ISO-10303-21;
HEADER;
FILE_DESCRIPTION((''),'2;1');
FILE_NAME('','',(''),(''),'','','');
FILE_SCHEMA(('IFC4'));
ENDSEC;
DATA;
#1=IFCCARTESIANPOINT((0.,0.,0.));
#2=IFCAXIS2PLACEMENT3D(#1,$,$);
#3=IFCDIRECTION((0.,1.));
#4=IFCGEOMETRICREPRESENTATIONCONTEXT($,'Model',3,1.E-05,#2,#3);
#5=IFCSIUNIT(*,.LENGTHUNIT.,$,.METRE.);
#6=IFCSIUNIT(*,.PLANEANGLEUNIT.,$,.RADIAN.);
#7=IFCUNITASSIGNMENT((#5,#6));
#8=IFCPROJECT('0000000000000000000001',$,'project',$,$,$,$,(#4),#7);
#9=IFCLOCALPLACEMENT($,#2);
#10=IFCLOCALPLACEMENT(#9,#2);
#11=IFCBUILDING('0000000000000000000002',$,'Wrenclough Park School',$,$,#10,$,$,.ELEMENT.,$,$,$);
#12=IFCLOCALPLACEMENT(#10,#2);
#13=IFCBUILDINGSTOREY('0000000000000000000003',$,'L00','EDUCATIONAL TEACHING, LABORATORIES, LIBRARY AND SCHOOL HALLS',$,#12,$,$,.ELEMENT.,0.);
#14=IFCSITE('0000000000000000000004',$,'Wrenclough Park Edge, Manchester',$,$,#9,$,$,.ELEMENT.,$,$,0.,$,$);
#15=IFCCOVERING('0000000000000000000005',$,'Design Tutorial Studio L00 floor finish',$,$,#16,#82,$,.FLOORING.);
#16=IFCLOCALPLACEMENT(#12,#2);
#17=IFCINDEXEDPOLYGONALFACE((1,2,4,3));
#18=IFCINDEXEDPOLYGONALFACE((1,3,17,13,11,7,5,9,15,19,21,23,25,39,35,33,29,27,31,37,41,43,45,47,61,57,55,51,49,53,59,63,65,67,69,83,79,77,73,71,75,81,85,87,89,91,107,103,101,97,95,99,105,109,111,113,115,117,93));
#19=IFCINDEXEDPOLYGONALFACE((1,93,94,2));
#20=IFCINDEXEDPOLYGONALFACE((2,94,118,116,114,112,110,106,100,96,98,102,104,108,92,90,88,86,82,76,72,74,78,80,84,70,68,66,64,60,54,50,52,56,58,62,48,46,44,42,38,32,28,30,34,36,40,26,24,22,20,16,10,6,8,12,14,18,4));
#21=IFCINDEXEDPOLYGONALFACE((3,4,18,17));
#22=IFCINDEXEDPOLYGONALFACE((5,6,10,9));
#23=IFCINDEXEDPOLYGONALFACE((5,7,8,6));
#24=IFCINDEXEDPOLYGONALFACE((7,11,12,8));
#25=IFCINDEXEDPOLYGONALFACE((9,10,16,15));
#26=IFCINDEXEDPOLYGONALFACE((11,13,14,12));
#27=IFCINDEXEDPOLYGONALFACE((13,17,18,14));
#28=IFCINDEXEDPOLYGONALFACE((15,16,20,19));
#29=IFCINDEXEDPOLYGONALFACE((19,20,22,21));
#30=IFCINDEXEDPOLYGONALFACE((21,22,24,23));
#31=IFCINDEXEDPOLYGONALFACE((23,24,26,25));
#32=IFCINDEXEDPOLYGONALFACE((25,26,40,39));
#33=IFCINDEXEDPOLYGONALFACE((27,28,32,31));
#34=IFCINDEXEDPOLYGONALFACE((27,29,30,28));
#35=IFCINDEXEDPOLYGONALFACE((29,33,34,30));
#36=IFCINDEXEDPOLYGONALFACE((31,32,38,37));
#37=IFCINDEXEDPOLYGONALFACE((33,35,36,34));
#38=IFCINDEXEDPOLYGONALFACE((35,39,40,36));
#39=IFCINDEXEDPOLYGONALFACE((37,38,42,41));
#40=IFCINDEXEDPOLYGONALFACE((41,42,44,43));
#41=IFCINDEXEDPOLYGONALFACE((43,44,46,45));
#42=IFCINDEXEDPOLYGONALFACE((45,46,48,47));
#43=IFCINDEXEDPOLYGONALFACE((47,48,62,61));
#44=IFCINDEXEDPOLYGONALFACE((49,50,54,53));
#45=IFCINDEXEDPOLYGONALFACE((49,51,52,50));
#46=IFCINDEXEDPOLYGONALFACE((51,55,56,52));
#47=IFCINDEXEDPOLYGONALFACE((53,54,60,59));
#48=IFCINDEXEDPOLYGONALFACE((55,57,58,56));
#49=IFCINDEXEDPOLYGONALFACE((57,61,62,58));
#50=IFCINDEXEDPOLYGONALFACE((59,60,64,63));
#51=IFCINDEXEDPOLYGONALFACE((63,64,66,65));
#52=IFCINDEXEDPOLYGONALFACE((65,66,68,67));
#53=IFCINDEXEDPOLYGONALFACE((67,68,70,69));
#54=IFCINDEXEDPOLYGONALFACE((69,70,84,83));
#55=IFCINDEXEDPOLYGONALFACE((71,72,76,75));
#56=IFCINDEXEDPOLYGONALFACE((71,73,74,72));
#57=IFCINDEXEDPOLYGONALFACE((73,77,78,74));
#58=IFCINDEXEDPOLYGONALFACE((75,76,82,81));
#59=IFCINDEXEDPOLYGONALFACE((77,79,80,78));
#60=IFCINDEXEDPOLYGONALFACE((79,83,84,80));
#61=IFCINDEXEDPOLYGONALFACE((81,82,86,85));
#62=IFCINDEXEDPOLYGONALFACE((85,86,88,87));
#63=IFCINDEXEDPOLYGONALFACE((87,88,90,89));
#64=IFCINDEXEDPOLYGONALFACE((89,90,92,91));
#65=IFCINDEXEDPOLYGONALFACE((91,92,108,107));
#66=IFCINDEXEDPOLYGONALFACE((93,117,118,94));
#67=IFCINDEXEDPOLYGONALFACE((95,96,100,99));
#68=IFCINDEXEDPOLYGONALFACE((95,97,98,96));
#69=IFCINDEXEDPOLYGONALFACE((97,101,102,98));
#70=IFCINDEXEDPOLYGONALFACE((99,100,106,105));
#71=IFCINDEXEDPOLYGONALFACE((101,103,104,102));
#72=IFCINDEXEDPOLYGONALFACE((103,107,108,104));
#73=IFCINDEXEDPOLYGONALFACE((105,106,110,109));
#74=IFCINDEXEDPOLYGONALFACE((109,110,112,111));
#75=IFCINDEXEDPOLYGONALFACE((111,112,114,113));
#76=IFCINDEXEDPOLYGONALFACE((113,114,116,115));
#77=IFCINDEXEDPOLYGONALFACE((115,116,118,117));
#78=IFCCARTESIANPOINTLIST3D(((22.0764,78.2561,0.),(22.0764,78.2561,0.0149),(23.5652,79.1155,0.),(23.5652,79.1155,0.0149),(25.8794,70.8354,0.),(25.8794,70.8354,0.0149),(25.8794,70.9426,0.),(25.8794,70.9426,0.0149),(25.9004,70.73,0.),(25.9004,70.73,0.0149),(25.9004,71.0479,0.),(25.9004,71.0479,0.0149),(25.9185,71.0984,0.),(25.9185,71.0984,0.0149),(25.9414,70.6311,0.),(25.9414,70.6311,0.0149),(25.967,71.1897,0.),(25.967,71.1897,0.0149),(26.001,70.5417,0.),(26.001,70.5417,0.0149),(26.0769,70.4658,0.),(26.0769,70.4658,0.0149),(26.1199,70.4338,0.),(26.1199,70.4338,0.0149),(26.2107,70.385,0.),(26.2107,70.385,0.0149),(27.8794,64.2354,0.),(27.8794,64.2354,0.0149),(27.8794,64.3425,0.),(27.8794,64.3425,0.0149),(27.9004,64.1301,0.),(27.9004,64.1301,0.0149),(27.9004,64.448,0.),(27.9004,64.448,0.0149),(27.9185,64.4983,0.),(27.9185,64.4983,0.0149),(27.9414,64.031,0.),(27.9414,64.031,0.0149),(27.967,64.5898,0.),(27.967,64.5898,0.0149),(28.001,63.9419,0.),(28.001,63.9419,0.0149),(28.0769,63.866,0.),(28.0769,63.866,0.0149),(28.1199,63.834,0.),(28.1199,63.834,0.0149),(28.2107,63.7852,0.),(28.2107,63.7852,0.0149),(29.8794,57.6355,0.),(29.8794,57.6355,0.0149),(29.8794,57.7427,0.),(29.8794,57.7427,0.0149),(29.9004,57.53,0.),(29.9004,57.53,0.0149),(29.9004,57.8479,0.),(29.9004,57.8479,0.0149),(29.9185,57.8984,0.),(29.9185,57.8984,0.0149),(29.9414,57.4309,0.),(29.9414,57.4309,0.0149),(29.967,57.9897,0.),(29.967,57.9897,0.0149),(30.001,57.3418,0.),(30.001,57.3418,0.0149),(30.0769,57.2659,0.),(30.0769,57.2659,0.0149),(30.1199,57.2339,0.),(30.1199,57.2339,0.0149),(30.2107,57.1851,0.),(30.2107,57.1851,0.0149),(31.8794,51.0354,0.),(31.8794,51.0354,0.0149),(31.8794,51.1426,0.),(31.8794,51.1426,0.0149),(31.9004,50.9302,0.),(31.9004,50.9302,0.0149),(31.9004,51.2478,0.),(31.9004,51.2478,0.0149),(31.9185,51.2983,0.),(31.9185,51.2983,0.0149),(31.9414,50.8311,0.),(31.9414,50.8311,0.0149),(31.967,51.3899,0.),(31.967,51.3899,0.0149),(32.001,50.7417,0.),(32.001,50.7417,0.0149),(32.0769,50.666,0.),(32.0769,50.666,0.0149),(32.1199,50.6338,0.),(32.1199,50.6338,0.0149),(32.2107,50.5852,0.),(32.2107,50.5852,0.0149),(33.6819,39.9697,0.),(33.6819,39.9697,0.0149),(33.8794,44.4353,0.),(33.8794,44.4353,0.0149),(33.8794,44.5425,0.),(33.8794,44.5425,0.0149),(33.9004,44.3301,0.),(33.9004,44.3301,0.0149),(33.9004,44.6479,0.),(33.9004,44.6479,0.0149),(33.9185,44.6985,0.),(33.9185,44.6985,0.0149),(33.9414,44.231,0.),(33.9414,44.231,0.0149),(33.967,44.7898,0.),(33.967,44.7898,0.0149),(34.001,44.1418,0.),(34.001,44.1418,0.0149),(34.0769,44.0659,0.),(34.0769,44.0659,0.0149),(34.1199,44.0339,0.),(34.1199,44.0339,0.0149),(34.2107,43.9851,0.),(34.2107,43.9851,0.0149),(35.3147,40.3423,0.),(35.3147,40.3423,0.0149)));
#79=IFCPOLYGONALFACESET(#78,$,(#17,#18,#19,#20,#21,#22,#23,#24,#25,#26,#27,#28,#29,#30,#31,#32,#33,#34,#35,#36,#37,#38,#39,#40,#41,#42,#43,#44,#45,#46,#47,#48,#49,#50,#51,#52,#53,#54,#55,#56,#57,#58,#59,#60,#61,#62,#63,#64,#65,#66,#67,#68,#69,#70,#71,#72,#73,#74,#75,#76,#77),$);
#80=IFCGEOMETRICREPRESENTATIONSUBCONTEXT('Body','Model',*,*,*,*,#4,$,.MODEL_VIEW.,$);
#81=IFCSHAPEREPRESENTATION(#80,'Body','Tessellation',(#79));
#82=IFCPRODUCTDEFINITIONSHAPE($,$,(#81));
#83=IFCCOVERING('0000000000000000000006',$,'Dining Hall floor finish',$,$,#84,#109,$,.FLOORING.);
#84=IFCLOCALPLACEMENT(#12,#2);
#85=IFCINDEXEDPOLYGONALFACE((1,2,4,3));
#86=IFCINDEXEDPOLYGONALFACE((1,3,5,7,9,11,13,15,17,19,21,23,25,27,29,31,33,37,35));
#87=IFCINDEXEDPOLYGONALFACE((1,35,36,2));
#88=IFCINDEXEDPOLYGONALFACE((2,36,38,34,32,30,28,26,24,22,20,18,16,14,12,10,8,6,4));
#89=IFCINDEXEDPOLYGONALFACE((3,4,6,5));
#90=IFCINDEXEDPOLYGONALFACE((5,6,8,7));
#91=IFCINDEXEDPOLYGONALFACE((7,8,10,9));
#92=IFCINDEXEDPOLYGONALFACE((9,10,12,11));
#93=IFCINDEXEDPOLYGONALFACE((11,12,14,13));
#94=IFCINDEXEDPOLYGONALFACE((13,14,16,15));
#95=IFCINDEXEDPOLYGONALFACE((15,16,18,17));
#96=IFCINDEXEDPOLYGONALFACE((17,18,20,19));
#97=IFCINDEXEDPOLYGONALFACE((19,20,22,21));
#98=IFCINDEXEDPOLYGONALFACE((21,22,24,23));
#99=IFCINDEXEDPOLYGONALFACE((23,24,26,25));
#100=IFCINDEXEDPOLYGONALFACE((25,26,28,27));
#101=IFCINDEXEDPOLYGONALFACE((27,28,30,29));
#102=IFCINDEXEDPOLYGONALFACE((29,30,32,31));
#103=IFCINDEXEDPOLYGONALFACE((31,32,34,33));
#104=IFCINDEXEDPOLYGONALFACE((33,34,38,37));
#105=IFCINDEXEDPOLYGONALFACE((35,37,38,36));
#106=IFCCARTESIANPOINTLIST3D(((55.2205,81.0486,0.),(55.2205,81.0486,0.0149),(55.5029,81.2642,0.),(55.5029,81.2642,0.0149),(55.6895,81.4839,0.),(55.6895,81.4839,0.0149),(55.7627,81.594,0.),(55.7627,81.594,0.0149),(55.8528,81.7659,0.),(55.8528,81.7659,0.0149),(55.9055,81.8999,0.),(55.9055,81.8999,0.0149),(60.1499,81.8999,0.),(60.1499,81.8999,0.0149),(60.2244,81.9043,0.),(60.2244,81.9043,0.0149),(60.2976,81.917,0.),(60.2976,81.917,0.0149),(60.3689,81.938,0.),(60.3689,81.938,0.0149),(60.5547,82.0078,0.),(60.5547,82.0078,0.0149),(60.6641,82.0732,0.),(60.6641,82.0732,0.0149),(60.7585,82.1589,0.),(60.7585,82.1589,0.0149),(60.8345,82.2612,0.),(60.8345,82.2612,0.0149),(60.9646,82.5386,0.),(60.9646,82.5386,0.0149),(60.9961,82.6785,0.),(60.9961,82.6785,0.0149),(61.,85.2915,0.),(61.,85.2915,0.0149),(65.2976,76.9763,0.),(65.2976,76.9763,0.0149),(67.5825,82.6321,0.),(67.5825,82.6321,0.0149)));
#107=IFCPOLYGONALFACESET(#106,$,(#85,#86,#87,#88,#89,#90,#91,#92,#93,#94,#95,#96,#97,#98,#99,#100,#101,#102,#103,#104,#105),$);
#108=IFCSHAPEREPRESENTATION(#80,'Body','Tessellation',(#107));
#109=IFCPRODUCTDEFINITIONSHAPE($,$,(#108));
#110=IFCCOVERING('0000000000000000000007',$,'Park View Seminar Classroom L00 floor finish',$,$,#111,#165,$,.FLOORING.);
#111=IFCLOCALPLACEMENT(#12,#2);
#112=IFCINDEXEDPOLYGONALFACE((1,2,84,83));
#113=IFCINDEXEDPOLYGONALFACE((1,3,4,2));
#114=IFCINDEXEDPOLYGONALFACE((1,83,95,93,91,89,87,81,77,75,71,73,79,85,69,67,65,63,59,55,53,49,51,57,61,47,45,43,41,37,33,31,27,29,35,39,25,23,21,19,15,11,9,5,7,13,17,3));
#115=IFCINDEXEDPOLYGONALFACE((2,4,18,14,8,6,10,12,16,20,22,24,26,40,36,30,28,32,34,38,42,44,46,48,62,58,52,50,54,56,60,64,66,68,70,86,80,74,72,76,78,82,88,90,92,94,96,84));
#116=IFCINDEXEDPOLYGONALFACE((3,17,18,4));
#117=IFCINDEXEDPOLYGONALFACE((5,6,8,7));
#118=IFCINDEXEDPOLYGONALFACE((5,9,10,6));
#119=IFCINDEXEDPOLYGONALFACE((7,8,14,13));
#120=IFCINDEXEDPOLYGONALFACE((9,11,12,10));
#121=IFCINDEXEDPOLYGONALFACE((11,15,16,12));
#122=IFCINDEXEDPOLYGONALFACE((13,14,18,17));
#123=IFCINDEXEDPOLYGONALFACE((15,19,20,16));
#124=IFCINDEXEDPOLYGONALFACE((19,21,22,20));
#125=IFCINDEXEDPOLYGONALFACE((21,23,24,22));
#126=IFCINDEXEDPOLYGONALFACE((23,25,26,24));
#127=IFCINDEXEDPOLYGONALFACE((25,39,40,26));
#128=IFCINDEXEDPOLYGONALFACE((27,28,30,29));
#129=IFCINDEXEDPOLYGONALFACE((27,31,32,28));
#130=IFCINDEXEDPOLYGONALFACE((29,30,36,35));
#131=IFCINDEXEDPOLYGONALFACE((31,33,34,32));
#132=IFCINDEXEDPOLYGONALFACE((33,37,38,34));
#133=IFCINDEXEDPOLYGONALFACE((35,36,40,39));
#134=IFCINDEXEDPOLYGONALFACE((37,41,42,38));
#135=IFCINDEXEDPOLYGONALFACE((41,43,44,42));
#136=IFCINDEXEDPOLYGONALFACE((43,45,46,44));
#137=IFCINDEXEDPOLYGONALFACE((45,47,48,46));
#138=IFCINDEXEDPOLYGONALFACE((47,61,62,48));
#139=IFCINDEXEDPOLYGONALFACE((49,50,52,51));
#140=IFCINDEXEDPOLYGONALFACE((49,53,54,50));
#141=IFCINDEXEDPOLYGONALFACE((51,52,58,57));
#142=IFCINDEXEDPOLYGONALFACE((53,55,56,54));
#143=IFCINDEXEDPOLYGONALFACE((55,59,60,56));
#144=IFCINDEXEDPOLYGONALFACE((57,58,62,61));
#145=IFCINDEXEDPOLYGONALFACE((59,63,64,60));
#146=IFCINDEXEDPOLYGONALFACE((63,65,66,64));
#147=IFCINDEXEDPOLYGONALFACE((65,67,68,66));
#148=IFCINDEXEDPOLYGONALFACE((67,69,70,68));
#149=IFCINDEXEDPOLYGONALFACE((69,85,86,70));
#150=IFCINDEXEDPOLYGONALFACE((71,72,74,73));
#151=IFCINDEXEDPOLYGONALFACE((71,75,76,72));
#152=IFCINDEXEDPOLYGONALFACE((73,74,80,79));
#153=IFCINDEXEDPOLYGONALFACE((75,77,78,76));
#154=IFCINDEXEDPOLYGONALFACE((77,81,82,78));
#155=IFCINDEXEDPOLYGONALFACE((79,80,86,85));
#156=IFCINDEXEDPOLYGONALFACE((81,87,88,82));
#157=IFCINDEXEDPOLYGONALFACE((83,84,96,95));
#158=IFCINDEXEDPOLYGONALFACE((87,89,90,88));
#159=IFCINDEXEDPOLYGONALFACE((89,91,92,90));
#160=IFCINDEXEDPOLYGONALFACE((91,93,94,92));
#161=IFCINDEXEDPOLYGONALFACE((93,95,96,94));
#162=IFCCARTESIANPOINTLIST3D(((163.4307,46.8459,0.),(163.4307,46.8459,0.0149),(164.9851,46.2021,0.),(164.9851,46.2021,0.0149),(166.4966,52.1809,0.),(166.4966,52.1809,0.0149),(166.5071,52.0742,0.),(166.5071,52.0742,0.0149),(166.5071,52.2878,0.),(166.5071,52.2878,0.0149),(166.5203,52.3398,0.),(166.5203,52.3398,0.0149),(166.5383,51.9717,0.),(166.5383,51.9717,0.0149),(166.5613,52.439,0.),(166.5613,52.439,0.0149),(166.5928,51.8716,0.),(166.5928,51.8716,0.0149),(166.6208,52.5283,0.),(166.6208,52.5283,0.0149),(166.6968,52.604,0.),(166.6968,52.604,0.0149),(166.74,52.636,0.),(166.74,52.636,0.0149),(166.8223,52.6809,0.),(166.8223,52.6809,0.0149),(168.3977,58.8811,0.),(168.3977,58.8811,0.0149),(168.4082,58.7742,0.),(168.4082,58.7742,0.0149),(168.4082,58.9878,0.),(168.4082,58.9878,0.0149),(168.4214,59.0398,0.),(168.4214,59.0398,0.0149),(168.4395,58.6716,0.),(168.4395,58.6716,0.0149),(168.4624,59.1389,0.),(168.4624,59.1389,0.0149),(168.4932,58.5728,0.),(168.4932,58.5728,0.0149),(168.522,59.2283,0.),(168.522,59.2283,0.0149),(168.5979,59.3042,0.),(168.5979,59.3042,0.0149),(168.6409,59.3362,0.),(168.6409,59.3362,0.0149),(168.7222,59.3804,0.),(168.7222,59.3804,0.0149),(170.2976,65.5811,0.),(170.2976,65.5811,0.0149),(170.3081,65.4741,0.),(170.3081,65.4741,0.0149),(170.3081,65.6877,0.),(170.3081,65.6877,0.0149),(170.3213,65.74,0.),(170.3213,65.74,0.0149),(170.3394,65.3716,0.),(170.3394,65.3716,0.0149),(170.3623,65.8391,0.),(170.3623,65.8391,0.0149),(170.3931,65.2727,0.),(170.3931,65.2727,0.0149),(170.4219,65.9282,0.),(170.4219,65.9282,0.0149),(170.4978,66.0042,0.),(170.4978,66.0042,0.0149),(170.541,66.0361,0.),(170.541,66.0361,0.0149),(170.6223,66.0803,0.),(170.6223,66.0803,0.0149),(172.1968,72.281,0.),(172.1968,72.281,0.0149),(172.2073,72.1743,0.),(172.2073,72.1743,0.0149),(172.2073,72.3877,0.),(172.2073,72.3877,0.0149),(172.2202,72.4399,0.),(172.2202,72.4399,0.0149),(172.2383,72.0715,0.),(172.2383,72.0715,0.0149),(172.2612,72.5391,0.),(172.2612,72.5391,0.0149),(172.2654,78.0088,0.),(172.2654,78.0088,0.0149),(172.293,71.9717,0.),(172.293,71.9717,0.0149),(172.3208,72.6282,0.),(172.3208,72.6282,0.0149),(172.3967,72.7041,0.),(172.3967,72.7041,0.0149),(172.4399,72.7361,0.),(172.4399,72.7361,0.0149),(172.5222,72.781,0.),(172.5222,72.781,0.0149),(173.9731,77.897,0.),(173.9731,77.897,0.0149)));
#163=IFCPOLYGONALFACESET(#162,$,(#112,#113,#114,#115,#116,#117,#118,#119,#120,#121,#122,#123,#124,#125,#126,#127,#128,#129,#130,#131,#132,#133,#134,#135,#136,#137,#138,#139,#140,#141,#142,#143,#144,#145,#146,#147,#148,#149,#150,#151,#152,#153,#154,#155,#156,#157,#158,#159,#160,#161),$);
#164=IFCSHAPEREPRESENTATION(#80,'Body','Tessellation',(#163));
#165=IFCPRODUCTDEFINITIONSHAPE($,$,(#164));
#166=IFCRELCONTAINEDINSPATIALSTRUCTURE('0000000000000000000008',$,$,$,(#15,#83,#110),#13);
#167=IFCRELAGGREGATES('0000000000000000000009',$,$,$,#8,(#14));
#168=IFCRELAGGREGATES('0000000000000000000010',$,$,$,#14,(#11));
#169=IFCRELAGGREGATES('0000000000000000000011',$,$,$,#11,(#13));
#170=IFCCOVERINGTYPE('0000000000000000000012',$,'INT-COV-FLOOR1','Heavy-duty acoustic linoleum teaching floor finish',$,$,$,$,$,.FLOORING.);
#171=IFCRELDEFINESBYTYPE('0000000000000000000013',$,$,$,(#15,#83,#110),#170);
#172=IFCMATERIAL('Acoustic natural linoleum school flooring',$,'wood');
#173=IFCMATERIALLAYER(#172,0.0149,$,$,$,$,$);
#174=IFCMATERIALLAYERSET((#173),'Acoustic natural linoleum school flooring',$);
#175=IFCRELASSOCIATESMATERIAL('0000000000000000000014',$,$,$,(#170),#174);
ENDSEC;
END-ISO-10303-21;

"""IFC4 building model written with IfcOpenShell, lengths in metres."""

from ifc_helpers import new_model, si_unit, direction, origin, place, context, subcontext, project, spatial, polyline, outline, extrude, material, layer, layer_set, type_object, element, save


model = new_model("IFC4")

# Units and contexts
model_context = context("Model", 3, precision=1e-05, world=origin(), true_north=direction((0.0, 1.0)))
body_context = subcontext(model_context, "Body", "Model", "MODEL_VIEW")
ifc_project = project(units=[si_unit("LENGTHUNIT", "METRE"), si_unit("PLANEANGLEUNIT", "RADIAN")], contexts=[model_context])

# Site, building, storey
site_placement = place(None, origin())
site = spatial("IfcSite", under=ifc_project, at=site_placement, Name="Wrenclough Park Edge, Manchester", CompositionType="ELEMENT", RefElevation=0.0)
building_placement = place(site_placement, origin())
building = spatial("IfcBuilding", under=site, at=building_placement, Name="Wrenclough Park School", CompositionType="ELEMENT")
storey_placement = place(building_placement, origin())
storey = spatial("IfcBuildingStorey", under=building, at=storey_placement, Name="L00", Description="EDUCATIONAL TEACHING, LABORATORIES, LIBRARY AND SCHOOL HALLS", CompositionType="ELEMENT", Elevation=0.0)

# Coverings
ifc_material_1 = material(Name="Acoustic natural linoleum school flooring", Category="wood")
ifc_layer_1 = layer(ifc_material_1, 0.0149)
ifc_layer_set_1 = layer_set([ifc_layer_1], Name="Acoustic natural linoleum school flooring")
covering_type_1 = type_object("IfcCoveringType", Name="INT-COV-FLOOR1", Description="Heavy-duty acoustic linoleum teaching floor finish", PredefinedType="FLOORING", material=ifc_layer_set_1)
covering_1_placement = place(storey_placement, origin())
element("IfcCovering", 1, at=covering_1_placement, inside=storey, type_object=covering_type_1, Name="Design Tutorial Studio L00 floor finish", PredefinedType="FLOORING", context=body_context, shape_type="SweptSolid", body=[
    extrude(outline(polyline([(33.6819, 39.9697), (35.3147, 40.3423), (34.2107, 43.9851), (34.1199, 44.0339), (34.0769, 44.0659), (34.001, 44.1418), (33.9414, 44.231), (33.9004, 44.3301), (33.8794, 44.4353), (33.8794, 44.5425), (33.9004, 44.6479), (33.9185, 44.6985), (33.967, 44.7898), (32.2107, 50.5852), (32.1199, 50.6338), (32.0769, 50.666), (32.001, 50.7417), (31.9414, 50.8311), (31.9004, 50.9302), (31.8794, 51.0354), (31.8794, 51.1426), (31.9004, 51.2478), (31.9185, 51.2983), (31.967, 51.3899), (30.2107, 57.1851), (30.1199, 57.2339), (30.0769, 57.2659), (30.001, 57.3418), (29.9414, 57.4309), (29.9004, 57.53), (29.8794, 57.6355), (29.8794, 57.7427), (29.9004, 57.8479), (29.9185, 57.8984), (29.967, 57.9897), (28.2107, 63.7852), (28.1199, 63.834), (28.0769, 63.866), (28.001, 63.9419), (27.9414, 64.031), (27.9004, 64.1301), (27.8794, 64.2354), (27.8794, 64.3425), (27.9004, 64.448), (27.9185, 64.4983), (27.967, 64.5898), (26.2107, 70.385), (26.1199, 70.4338), (26.0769, 70.4658), (26.001, 70.5417), (25.9414, 70.6311), (25.9004, 70.73), (25.8794, 70.8354), (25.8794, 70.9426), (25.9004, 71.0479), (25.9185, 71.0984), (25.967, 71.1897), (23.5652, 79.1155), (22.0764, 78.2561), (33.6819, 39.9697)])), origin(), (0.0, 0.0, 1.0), 0.0149),
])
covering_2_placement = place(storey_placement, origin())
element("IfcCovering", 2, at=covering_2_placement, inside=storey, type_object=covering_type_1, Name="Dining Hall floor finish", PredefinedType="FLOORING", context=body_context, shape_type="SweptSolid", body=[
    extrude(outline(polyline([(55.2205, 81.0486), (65.2976, 76.9763), (67.5825, 82.6321), (61.0, 85.2915), (60.9961, 82.6785), (60.9646, 82.5386), (60.8345, 82.2612), (60.7585, 82.1589), (60.6641, 82.0732), (60.5547, 82.0078), (60.3689, 81.938), (60.2976, 81.917), (60.2244, 81.9043), (60.1499, 81.8999), (55.9055, 81.8999), (55.8528, 81.7659), (55.7627, 81.594), (55.6895, 81.4839), (55.5029, 81.2642), (55.2205, 81.0486)])), origin(), (0.0, 0.0, 1.0), 0.0149),
])
covering_3_placement = place(storey_placement, origin())
element("IfcCovering", 3, at=covering_3_placement, inside=storey, type_object=covering_type_1, Name="Park View Seminar Classroom L00 floor finish", PredefinedType="FLOORING", context=body_context, shape_type="SweptSolid", body=[
    extrude(outline(polyline([(163.4307, 46.8459), (164.9851, 46.2021), (166.5928, 51.8716), (166.5383, 51.9717), (166.5071, 52.0742), (166.4966, 52.1809), (166.5071, 52.2878), (166.5203, 52.3398), (166.5613, 52.439), (166.6208, 52.5283), (166.6968, 52.604), (166.74, 52.636), (166.8223, 52.6809), (168.4932, 58.5728), (168.4395, 58.6716), (168.4082, 58.7742), (168.3977, 58.8811), (168.4082, 58.9878), (168.4214, 59.0398), (168.4624, 59.1389), (168.522, 59.2283), (168.5979, 59.3042), (168.6409, 59.3362), (168.7222, 59.3804), (170.3931, 65.2727), (170.3394, 65.3716), (170.3081, 65.4741), (170.2976, 65.5811), (170.3081, 65.6877), (170.3213, 65.74), (170.3623, 65.8391), (170.4219, 65.9282), (170.4978, 66.0042), (170.541, 66.0361), (170.6223, 66.0803), (172.293, 71.9717), (172.2383, 72.0715), (172.2073, 72.1743), (172.1968, 72.281), (172.2073, 72.3877), (172.2202, 72.4399), (172.2612, 72.5391), (172.3208, 72.6282), (172.3967, 72.7041), (172.4399, 72.7361), (172.5222, 72.781), (173.9731, 77.897), (172.2654, 78.0088), (163.4307, 46.8459)])), origin(), (0.0, 0.0, 1.0), 0.0149),
])

save(model, "model.ifc")
